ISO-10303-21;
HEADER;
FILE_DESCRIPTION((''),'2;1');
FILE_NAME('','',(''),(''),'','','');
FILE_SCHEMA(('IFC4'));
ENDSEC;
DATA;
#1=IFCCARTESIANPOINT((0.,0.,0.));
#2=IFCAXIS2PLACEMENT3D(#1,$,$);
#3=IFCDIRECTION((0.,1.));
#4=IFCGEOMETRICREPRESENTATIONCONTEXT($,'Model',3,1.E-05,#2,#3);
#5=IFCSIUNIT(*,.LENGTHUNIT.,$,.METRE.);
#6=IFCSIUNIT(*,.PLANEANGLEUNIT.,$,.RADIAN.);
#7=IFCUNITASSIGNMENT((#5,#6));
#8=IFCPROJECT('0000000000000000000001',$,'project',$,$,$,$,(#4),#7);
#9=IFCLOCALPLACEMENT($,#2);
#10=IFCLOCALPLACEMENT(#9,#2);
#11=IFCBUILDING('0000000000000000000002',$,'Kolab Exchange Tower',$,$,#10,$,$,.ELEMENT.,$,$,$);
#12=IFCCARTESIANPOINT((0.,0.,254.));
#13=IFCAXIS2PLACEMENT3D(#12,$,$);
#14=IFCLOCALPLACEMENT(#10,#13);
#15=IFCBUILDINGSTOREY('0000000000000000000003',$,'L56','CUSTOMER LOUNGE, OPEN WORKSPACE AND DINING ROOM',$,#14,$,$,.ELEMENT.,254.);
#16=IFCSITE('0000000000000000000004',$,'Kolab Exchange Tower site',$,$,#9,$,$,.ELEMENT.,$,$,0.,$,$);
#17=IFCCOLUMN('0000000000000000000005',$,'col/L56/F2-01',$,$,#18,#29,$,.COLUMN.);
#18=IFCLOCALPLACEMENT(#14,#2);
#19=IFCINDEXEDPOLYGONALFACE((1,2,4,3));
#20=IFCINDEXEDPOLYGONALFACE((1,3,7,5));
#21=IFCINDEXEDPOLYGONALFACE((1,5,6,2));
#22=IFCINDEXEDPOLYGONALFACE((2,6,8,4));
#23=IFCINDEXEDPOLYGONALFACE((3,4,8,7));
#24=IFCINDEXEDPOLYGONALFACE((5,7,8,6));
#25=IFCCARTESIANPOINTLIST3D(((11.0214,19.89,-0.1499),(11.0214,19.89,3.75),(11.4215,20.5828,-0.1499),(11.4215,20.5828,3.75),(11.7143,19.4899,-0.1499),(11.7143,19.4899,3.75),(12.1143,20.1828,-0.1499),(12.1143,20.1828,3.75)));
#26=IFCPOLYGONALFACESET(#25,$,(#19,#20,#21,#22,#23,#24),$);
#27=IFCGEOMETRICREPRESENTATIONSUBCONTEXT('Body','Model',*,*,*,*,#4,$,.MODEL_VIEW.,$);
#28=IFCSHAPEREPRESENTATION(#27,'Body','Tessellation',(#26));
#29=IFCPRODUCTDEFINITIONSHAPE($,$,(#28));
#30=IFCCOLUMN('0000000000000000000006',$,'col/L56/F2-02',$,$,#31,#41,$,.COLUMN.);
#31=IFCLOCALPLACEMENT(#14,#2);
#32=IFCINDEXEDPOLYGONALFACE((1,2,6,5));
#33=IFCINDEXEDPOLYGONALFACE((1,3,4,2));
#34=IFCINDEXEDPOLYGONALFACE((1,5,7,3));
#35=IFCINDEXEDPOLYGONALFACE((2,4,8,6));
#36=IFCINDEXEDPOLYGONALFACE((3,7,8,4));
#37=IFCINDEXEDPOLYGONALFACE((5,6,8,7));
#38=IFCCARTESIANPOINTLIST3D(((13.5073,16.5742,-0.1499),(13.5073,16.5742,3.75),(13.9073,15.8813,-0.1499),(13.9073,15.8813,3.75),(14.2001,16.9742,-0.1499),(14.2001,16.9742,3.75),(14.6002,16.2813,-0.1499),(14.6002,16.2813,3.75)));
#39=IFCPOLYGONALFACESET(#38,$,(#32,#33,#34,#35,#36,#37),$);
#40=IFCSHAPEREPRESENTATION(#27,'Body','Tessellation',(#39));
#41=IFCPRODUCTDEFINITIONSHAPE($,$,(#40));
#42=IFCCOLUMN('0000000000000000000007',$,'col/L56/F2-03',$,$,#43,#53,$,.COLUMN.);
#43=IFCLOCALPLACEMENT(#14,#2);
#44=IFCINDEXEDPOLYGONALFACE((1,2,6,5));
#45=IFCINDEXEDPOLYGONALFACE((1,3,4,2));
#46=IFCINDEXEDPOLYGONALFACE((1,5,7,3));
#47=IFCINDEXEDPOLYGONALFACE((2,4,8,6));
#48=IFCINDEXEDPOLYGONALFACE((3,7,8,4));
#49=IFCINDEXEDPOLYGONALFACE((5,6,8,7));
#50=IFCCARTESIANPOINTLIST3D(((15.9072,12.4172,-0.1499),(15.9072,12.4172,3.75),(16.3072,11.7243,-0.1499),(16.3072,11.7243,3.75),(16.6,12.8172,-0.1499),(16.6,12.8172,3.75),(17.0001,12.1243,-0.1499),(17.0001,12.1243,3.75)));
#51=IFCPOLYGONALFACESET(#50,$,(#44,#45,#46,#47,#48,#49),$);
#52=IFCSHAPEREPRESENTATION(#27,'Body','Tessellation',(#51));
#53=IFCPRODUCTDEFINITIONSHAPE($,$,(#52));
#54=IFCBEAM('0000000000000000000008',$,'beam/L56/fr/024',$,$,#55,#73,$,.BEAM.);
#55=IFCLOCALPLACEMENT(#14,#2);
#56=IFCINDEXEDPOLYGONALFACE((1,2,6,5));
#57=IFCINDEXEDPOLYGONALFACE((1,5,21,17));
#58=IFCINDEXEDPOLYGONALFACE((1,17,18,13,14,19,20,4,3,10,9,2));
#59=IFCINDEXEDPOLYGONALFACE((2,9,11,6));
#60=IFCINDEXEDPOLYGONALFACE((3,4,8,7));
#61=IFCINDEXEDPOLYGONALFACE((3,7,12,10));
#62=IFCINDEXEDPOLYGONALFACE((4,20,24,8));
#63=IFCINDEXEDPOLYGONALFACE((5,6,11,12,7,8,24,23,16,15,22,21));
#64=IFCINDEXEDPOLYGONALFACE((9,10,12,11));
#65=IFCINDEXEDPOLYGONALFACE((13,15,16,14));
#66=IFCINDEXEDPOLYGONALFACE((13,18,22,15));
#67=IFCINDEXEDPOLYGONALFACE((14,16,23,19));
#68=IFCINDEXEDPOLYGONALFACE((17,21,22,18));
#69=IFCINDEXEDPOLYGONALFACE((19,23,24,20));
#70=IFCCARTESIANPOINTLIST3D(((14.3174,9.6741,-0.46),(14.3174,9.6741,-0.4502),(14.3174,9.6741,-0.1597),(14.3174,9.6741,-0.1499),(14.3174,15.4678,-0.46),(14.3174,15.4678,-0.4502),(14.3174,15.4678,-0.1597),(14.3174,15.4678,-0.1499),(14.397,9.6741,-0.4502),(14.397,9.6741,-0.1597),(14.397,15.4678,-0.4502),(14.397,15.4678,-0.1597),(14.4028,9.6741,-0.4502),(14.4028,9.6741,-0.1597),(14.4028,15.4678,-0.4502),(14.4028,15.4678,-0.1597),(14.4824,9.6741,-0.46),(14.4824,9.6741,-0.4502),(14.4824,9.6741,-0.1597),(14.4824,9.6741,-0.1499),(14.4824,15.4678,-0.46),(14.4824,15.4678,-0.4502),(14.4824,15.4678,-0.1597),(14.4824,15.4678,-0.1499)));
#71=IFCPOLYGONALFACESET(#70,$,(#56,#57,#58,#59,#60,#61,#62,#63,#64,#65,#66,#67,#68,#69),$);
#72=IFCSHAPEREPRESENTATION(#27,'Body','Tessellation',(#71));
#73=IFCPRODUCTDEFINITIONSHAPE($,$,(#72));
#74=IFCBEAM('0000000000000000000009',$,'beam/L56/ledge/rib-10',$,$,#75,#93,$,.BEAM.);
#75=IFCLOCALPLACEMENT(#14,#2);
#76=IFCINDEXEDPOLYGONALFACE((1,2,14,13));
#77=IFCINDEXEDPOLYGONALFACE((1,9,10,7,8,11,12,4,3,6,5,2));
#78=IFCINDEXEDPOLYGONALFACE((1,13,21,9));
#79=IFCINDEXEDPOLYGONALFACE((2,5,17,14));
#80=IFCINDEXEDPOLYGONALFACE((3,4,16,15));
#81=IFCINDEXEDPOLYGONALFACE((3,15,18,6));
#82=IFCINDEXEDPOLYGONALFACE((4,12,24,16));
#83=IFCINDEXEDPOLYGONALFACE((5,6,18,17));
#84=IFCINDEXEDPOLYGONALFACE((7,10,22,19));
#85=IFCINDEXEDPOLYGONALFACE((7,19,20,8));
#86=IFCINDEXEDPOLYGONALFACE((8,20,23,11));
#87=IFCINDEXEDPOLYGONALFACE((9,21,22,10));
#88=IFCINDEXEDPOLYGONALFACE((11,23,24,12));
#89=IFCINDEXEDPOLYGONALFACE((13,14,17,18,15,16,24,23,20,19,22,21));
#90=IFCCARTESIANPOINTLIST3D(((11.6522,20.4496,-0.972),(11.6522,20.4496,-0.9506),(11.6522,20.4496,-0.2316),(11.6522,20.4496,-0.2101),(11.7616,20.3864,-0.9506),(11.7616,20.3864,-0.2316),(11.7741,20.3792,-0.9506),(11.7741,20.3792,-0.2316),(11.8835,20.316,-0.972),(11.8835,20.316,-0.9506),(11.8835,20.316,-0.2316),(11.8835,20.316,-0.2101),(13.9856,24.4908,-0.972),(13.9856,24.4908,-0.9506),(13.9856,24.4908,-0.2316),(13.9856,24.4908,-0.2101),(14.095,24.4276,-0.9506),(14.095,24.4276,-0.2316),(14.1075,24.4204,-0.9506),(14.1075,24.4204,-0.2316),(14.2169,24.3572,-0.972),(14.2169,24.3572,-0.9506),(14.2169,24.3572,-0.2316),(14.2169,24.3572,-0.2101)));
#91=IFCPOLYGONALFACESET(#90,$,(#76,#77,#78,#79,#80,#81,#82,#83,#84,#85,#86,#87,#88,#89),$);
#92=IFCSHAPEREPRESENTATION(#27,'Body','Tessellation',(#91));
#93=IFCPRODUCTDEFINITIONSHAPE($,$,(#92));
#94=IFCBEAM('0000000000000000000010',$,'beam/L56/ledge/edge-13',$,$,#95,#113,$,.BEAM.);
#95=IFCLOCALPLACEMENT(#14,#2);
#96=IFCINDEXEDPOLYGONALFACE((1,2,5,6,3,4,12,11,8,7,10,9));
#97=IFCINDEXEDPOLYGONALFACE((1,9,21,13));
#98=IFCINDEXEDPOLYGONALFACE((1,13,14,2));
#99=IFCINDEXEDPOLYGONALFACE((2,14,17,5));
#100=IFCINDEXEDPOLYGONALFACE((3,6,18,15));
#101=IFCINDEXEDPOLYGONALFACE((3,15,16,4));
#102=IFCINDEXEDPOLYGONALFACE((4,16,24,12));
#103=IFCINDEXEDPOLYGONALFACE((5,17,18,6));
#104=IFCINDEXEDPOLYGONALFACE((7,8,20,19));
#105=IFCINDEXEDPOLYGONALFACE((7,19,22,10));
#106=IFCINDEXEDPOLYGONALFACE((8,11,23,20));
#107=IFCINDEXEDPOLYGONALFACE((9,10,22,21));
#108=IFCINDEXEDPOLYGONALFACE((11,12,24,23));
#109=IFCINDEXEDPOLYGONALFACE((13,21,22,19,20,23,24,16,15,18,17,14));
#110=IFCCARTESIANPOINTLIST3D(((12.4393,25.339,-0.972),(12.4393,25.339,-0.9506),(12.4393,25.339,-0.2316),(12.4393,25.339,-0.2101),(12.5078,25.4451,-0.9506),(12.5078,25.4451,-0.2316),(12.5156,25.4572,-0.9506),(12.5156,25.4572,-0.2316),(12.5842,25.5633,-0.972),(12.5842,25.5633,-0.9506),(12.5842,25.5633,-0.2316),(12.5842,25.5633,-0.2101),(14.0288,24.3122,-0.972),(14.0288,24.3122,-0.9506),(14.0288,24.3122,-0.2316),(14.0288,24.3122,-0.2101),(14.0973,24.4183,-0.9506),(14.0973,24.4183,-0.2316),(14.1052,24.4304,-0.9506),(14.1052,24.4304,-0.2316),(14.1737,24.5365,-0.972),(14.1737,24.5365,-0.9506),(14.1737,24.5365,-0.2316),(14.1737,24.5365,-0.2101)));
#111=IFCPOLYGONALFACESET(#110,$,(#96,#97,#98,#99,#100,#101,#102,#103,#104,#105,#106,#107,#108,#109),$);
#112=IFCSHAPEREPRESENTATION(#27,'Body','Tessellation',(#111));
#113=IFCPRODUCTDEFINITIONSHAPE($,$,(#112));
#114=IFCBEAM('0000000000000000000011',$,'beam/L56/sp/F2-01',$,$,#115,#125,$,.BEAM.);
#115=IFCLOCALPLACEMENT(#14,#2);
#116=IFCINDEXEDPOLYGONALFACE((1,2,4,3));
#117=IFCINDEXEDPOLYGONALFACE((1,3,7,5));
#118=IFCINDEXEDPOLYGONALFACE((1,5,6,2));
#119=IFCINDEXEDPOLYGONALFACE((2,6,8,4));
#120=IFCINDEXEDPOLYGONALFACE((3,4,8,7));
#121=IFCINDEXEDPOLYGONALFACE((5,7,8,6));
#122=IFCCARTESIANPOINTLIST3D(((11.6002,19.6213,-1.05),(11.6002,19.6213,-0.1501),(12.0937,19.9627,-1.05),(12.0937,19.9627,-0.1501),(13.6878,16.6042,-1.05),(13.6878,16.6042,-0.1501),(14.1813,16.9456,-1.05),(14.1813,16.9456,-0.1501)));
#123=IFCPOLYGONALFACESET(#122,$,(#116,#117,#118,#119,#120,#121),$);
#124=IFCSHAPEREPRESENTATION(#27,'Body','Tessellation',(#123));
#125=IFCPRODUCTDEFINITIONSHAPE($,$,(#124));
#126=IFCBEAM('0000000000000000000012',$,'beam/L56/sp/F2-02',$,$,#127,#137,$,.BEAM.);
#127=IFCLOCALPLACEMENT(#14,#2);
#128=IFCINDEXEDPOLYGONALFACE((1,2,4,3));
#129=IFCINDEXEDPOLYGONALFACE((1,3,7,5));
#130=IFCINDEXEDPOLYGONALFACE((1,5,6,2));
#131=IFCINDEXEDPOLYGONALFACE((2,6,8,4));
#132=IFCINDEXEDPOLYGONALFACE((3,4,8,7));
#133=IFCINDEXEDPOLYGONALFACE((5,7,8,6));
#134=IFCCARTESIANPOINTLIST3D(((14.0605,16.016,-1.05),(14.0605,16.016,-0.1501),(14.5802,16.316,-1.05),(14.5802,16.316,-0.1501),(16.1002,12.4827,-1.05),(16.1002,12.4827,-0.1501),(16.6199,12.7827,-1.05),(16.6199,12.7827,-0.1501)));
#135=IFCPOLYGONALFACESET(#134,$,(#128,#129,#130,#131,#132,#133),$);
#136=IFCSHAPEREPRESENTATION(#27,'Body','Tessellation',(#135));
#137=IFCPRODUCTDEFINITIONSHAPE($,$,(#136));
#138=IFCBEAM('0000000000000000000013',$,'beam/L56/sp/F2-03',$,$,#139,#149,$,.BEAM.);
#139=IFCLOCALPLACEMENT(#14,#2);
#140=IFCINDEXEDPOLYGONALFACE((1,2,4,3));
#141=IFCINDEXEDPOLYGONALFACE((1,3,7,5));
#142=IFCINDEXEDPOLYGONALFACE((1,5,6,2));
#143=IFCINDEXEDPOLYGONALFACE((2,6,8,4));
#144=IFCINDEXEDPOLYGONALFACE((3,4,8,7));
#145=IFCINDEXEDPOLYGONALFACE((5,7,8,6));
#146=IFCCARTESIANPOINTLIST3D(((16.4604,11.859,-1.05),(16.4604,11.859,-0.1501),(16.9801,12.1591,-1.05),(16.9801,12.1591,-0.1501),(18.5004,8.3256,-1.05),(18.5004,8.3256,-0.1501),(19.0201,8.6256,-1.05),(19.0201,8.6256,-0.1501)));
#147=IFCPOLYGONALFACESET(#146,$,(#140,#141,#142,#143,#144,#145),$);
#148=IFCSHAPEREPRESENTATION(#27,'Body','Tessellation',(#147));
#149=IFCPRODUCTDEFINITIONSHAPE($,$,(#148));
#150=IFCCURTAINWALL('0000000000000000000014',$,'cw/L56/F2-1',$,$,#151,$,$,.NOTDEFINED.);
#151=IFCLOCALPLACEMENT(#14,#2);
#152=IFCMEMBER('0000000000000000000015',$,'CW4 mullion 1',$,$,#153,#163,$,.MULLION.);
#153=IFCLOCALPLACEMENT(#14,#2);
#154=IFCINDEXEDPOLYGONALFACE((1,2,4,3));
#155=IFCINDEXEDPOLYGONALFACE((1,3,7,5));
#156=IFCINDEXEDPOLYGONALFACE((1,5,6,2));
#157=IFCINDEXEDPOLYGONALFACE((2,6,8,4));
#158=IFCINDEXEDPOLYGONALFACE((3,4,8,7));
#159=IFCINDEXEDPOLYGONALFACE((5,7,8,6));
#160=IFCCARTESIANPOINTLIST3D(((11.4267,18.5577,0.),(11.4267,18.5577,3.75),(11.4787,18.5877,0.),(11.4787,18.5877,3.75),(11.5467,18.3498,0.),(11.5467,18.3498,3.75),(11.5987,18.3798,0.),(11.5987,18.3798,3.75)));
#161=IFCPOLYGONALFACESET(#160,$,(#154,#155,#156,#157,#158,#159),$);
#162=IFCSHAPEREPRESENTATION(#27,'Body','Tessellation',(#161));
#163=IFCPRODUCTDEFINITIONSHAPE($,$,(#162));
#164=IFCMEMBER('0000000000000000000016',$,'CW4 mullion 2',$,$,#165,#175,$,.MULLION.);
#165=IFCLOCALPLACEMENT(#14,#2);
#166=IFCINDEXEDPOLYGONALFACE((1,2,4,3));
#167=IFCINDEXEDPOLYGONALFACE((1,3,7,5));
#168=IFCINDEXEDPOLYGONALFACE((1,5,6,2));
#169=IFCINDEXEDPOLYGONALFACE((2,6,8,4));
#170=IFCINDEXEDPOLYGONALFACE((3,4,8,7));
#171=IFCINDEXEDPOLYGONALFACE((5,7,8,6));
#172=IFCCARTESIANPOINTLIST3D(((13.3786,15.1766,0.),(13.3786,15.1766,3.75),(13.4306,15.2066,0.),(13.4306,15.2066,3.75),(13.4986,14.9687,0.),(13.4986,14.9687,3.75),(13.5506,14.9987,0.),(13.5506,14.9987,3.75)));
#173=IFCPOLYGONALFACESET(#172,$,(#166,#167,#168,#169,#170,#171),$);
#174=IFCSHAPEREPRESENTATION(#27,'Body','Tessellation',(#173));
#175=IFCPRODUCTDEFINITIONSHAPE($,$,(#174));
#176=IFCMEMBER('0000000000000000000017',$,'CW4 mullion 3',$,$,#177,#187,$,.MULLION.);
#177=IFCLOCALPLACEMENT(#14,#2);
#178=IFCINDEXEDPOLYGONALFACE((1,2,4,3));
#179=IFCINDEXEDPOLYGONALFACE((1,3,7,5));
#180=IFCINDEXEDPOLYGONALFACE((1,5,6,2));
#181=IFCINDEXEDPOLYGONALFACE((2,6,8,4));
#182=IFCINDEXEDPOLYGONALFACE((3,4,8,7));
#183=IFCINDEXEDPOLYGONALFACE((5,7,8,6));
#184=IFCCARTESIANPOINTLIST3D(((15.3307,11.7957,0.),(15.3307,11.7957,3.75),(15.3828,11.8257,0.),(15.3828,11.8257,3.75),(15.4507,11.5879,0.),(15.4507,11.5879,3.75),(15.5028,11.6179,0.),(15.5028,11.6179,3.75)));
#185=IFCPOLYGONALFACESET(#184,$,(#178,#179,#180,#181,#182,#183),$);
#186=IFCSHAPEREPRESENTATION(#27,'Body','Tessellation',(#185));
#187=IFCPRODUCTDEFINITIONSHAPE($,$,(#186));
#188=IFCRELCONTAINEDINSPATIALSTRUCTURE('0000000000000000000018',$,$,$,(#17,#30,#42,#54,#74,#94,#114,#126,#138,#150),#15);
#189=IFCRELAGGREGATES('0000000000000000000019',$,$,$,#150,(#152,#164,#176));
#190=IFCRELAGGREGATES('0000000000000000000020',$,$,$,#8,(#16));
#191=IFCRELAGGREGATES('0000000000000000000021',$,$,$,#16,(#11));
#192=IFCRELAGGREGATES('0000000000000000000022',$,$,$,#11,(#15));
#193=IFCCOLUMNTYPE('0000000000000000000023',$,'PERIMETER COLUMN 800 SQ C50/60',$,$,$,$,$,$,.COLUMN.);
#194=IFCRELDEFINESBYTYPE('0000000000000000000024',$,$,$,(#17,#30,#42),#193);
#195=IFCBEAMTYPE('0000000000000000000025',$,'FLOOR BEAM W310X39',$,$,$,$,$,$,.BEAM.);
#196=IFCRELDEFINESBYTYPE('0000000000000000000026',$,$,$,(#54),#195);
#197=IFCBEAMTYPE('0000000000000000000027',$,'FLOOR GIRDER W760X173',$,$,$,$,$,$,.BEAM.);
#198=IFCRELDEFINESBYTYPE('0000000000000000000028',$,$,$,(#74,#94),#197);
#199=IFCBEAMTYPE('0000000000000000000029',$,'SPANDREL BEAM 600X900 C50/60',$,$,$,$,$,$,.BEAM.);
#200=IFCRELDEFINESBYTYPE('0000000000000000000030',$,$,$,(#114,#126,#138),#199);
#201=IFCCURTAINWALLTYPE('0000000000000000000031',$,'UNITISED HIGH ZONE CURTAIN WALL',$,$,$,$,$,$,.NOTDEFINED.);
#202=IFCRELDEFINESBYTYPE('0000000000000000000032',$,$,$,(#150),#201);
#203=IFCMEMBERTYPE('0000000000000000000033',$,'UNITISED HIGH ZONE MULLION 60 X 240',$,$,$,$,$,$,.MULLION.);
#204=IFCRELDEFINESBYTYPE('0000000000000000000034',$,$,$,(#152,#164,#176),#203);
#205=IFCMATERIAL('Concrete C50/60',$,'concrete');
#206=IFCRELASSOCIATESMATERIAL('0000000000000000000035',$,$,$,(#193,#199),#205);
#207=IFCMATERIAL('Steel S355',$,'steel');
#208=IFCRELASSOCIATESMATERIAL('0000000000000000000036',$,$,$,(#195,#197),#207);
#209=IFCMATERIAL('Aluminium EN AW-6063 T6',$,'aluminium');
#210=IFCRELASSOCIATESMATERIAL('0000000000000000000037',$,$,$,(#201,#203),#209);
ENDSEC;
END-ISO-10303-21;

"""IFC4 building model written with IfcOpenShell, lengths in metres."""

from ifc_helpers import new_model, si_unit, direction, frame, origin, origin_2d, place, context, subcontext, project, spatial, rectangle, i_section, extrude, material, material_profile, profile_set, type_object, element, aggregate, save


model = new_model("IFC4")

# Units and contexts
model_context = context("Model", 3, precision=1e-05, world=origin(), true_north=direction((0.0, 1.0)))
body_context = subcontext(model_context, "Body", "Model", "MODEL_VIEW")
ifc_project = project(units=[si_unit("LENGTHUNIT", "METRE"), si_unit("PLANEANGLEUNIT", "RADIAN")], contexts=[model_context])

# Site, building, storey
site_placement = place(None, origin())
site = spatial("IfcSite", under=ifc_project, at=site_placement, Name="Kolab Exchange Tower site", CompositionType="ELEMENT", RefElevation=0.0)
building_placement = place(site_placement, origin())
building = spatial("IfcBuilding", under=site, at=building_placement, Name="Kolab Exchange Tower", CompositionType="ELEMENT")
storey_placement = place(building_placement, frame((0.0, 0.0, 254.0)))
storey = spatial("IfcBuildingStorey", under=building, at=storey_placement, Name="L56", Description="CUSTOMER LOUNGE, OPEN WORKSPACE AND DINING ROOM", CompositionType="ELEMENT", Elevation=254.0)

# Columns
ifc_material_1 = material(Name="Concrete C50/60", Category="concrete")
ifc_material_profile_1 = material_profile(ifc_material_1, rectangle(XDim=0.8, YDim=0.8, at=origin_2d()), Name="RC800")
ifc_profile_set_1 = profile_set([ifc_material_profile_1], Name="Concrete C50/60")
column_type = type_object("IfcColumnType", Name="PERIMETER COLUMN 800 SQ C50/60", PredefinedType="COLUMN", material=ifc_profile_set_1)
for number, where, z_axis, x_axis, name in (
    (1, (11.5679, 20.0364, -0.1499), (0.0, 0.0, 1.0), (0.5, 0.866025, 0.0), "col/L56/F2-01"),
    (2, (14.0537, 16.4277, -0.1499), (0.0, 0.0, 1.0), (0.866025, 0.5, 0.0), "col/L56/F2-02"),
    (3, (16.4536, 12.2708, -0.1499), (0.0, 0.0, 1.0), (0.866025, 0.5, 0.0), "col/L56/F2-03"),
):
    element("IfcColumn", number, at=place(storey_placement, frame(where, z_axis=z_axis, x_axis=x_axis)), inside=storey, type_object=column_type, Name=name, PredefinedType="COLUMN", context=body_context, shape_type="SweptSolid", body=[
        extrude(rectangle(XDim=0.8, YDim=0.8, at=origin_2d()), origin(), (0.0, 0.0, 1.0), 3.8999),
    ])

# Beams
ifc_material_2 = material(Name="Steel S355", Category="steel")
ifc_material_profile_2 = material_profile(ifc_material_2, i_section(OverallWidth=0.165, OverallDepth=0.3101, WebThickness=0.0059, FlangeThickness=0.0098, at=origin_2d()), Name="W310X39")
ifc_profile_set_2 = profile_set([ifc_material_profile_2], Name="Steel S355")
beam_type_1 = type_object("IfcBeamType", Name="FLOOR BEAM W310X39", PredefinedType="BEAM", material=ifc_profile_set_2)
beam_1_placement = place(storey_placement, frame((14.3999, 9.6741, -0.3049), z_axis=(0.0, 1.0, 0.0), x_axis=(-1.0, 0.0, 0.0)))
element("IfcBeam", 4, at=beam_1_placement, inside=storey, type_object=beam_type_1, Name="beam/L56/fr/024", PredefinedType="BEAM", context=body_context, shape_type="SweptSolid", body=[
    extrude(i_section(OverallWidth=0.165, OverallDepth=0.3101, WebThickness=0.0059, FlangeThickness=0.0098, at=origin_2d()), origin(), (0.0, 0.0, 1.0), 5.7937),
])
ifc_material_profile_3 = material_profile(ifc_material_2, i_section(OverallWidth=0.2671, OverallDepth=0.762, WebThickness=0.0144, FlangeThickness=0.0215, at=origin_2d()), Name="W760X173")
ifc_profile_set_3 = profile_set([ifc_material_profile_3], Name="Steel S355")
beam_type_2 = type_object("IfcBeamType", Name="FLOOR GIRDER W760X173", PredefinedType="BEAM", material=ifc_profile_set_3)
beam_2_placement = place(storey_placement, frame((11.7678, 20.3828, -0.5911), z_axis=(0.500044, 0.866, 0.0), x_axis=(-0.866, 0.500044, 0.0)))
element("IfcBeam", 5, at=beam_2_placement, inside=storey, type_object=beam_type_2, Name="beam/L56/ledge/rib-10", PredefinedType="BEAM", context=body_context, shape_type="SweptSolid", body=[
    extrude(i_section(OverallWidth=0.2671, OverallDepth=0.762, WebThickness=0.0144, FlangeThickness=0.0215, at=origin_2d()), origin(), (0.0, 0.0, 1.0), 4.6665),
])
beam_3_placement = place(storey_placement, frame((12.5117, 25.4512, -0.5911), z_axis=(0.839982, -0.542615, 0.0), x_axis=(0.542615, 0.839982, 0.0)))
element("IfcBeam", 6, at=beam_3_placement, inside=storey, type_object=beam_type_2, Name="beam/L56/ledge/edge-13", PredefinedType="BEAM", context=body_context, shape_type="SweptSolid", body=[
    extrude(i_section(OverallWidth=0.2671, OverallDepth=0.762, WebThickness=0.0144, FlangeThickness=0.0215, at=origin_2d()), origin(), (0.0, 0.0, 1.0), 1.8923),
])
ifc_material_profile_4 = material_profile(ifc_material_1, rectangle(XDim=0.6001, YDim=0.8999, at=origin_2d()), Name="RC600X900")
ifc_profile_set_4 = profile_set([ifc_material_profile_4], Name="Concrete C50/60")
beam_type_3 = type_object("IfcBeamType", Name="SPANDREL BEAM 600X900 C50/60", PredefinedType="BEAM", material=ifc_profile_set_4)
beam_4_placement = place(storey_placement, frame((11.8469, 19.792, -0.6001), z_axis=(0.569006, -0.822334, 0.0), x_axis=(0.822334, 0.569006, 0.0)))
element("IfcBeam", 7, at=beam_4_placement, inside=storey, type_object=beam_type_3, Name="beam/L56/sp/F2-01", PredefinedType="BEAM", context=body_context, shape_type="SweptSolid", body=[
    extrude(rectangle(XDim=0.6001, YDim=0.8999, at=origin_2d()), origin(), (0.0, 0.0, 1.0), 3.6689),
])
beam_5_placement = place(storey_placement, frame((14.3203, 16.166, -0.6001), z_axis=(0.499956, -0.866051, 0.0), x_axis=(0.866051, 0.499956, 0.0)))
element("IfcBeam", 8, at=beam_5_placement, inside=storey, type_object=beam_type_3, Name="beam/L56/sp/F2-02", PredefinedType="BEAM", context=body_context, shape_type="SweptSolid", body=[
    extrude(rectangle(XDim=0.6001, YDim=0.8999, at=origin_2d()), origin(), (0.0, 0.0, 1.0), 4.0798),
])
beam_6_placement = place(storey_placement, frame((16.7202, 12.009, -0.6001), z_axis=(0.5, -0.866025, 0.0), x_axis=(0.866025, 0.5, 0.0)))
element("IfcBeam", 9, at=beam_6_placement, inside=storey, type_object=beam_type_3, Name="beam/L56/sp/F2-03", PredefinedType="BEAM", context=body_context, shape_type="SweptSolid", body=[
    extrude(rectangle(XDim=0.6001, YDim=0.8999, at=origin_2d()), origin(), (0.0, 0.0, 1.0), 4.0801),
])

# Curtain wall, members
ifc_material_3 = material(Name="Aluminium EN AW-6063 T6", Category="aluminium")
curtain_wall_type = type_object("IfcCurtainWallType", Name="UNITISED HIGH ZONE CURTAIN WALL", PredefinedType="NOTDEFINED", material=ifc_material_3)
curtain_wall_1_placement = place(storey_placement, origin())
curtain_wall_1 = element("IfcCurtainWall", 10, at=curtain_wall_1_placement, inside=storey, type_object=curtain_wall_type, Name="cw/L56/F2-1", PredefinedType="NOTDEFINED")
ifc_material_profile_5 = material_profile(ifc_material_3, rectangle(XDim=0.0601, YDim=0.24, at=origin_2d()), Name="RECT 60X240")
ifc_profile_set_5 = profile_set([ifc_material_profile_5], Name="Aluminium EN AW-6063 T6")
member_type_1 = type_object("IfcMemberType", Name="UNITISED HIGH ZONE MULLION 60 X 240", PredefinedType="MULLION", material=ifc_profile_set_5)
member_1_placement = place(storey_placement, frame((11.5127, 18.4688, 0.0), z_axis=(0.0, 0.0, 1.0), x_axis=(0.866025, 0.5, 0.0)))
member_1 = element("IfcMember", 11, at=member_1_placement, type_object=member_type_1, Name="CW4 mullion 1", PredefinedType="MULLION", context=body_context, shape_type="SweptSolid", body=[
    extrude(rectangle(XDim=0.0601, YDim=0.24, at=origin_2d()), origin(), (0.0, 0.0, 1.0), 3.75),
])
member_2_placement = place(storey_placement, frame((13.4646, 15.0876, 0.0), z_axis=(0.0, 0.0, 1.0), x_axis=(0.866025, 0.5, 0.0)))
member_2 = element("IfcMember", 12, at=member_2_placement, type_object=member_type_1, Name="CW4 mullion 2", PredefinedType="MULLION", context=body_context, shape_type="SweptSolid", body=[
    extrude(rectangle(XDim=0.0601, YDim=0.24, at=origin_2d()), origin(), (0.0, 0.0, 1.0), 3.75),
])
member_3_placement = place(storey_placement, frame((15.4167, 11.7068, 0.0), z_axis=(0.0, 0.0, 1.0), x_axis=(0.866025, 0.5, 0.0)))
member_3 = element("IfcMember", 13, at=member_3_placement, type_object=member_type_1, Name="CW4 mullion 3", PredefinedType="MULLION", context=body_context, shape_type="SweptSolid", body=[
    extrude(rectangle(XDim=0.0601, YDim=0.24, at=origin_2d()), origin(), (0.0, 0.0, 1.0), 3.75),
])

aggregate(curtain_wall_1, [member_1, member_2, member_3])

save(model, "model.ifc")
